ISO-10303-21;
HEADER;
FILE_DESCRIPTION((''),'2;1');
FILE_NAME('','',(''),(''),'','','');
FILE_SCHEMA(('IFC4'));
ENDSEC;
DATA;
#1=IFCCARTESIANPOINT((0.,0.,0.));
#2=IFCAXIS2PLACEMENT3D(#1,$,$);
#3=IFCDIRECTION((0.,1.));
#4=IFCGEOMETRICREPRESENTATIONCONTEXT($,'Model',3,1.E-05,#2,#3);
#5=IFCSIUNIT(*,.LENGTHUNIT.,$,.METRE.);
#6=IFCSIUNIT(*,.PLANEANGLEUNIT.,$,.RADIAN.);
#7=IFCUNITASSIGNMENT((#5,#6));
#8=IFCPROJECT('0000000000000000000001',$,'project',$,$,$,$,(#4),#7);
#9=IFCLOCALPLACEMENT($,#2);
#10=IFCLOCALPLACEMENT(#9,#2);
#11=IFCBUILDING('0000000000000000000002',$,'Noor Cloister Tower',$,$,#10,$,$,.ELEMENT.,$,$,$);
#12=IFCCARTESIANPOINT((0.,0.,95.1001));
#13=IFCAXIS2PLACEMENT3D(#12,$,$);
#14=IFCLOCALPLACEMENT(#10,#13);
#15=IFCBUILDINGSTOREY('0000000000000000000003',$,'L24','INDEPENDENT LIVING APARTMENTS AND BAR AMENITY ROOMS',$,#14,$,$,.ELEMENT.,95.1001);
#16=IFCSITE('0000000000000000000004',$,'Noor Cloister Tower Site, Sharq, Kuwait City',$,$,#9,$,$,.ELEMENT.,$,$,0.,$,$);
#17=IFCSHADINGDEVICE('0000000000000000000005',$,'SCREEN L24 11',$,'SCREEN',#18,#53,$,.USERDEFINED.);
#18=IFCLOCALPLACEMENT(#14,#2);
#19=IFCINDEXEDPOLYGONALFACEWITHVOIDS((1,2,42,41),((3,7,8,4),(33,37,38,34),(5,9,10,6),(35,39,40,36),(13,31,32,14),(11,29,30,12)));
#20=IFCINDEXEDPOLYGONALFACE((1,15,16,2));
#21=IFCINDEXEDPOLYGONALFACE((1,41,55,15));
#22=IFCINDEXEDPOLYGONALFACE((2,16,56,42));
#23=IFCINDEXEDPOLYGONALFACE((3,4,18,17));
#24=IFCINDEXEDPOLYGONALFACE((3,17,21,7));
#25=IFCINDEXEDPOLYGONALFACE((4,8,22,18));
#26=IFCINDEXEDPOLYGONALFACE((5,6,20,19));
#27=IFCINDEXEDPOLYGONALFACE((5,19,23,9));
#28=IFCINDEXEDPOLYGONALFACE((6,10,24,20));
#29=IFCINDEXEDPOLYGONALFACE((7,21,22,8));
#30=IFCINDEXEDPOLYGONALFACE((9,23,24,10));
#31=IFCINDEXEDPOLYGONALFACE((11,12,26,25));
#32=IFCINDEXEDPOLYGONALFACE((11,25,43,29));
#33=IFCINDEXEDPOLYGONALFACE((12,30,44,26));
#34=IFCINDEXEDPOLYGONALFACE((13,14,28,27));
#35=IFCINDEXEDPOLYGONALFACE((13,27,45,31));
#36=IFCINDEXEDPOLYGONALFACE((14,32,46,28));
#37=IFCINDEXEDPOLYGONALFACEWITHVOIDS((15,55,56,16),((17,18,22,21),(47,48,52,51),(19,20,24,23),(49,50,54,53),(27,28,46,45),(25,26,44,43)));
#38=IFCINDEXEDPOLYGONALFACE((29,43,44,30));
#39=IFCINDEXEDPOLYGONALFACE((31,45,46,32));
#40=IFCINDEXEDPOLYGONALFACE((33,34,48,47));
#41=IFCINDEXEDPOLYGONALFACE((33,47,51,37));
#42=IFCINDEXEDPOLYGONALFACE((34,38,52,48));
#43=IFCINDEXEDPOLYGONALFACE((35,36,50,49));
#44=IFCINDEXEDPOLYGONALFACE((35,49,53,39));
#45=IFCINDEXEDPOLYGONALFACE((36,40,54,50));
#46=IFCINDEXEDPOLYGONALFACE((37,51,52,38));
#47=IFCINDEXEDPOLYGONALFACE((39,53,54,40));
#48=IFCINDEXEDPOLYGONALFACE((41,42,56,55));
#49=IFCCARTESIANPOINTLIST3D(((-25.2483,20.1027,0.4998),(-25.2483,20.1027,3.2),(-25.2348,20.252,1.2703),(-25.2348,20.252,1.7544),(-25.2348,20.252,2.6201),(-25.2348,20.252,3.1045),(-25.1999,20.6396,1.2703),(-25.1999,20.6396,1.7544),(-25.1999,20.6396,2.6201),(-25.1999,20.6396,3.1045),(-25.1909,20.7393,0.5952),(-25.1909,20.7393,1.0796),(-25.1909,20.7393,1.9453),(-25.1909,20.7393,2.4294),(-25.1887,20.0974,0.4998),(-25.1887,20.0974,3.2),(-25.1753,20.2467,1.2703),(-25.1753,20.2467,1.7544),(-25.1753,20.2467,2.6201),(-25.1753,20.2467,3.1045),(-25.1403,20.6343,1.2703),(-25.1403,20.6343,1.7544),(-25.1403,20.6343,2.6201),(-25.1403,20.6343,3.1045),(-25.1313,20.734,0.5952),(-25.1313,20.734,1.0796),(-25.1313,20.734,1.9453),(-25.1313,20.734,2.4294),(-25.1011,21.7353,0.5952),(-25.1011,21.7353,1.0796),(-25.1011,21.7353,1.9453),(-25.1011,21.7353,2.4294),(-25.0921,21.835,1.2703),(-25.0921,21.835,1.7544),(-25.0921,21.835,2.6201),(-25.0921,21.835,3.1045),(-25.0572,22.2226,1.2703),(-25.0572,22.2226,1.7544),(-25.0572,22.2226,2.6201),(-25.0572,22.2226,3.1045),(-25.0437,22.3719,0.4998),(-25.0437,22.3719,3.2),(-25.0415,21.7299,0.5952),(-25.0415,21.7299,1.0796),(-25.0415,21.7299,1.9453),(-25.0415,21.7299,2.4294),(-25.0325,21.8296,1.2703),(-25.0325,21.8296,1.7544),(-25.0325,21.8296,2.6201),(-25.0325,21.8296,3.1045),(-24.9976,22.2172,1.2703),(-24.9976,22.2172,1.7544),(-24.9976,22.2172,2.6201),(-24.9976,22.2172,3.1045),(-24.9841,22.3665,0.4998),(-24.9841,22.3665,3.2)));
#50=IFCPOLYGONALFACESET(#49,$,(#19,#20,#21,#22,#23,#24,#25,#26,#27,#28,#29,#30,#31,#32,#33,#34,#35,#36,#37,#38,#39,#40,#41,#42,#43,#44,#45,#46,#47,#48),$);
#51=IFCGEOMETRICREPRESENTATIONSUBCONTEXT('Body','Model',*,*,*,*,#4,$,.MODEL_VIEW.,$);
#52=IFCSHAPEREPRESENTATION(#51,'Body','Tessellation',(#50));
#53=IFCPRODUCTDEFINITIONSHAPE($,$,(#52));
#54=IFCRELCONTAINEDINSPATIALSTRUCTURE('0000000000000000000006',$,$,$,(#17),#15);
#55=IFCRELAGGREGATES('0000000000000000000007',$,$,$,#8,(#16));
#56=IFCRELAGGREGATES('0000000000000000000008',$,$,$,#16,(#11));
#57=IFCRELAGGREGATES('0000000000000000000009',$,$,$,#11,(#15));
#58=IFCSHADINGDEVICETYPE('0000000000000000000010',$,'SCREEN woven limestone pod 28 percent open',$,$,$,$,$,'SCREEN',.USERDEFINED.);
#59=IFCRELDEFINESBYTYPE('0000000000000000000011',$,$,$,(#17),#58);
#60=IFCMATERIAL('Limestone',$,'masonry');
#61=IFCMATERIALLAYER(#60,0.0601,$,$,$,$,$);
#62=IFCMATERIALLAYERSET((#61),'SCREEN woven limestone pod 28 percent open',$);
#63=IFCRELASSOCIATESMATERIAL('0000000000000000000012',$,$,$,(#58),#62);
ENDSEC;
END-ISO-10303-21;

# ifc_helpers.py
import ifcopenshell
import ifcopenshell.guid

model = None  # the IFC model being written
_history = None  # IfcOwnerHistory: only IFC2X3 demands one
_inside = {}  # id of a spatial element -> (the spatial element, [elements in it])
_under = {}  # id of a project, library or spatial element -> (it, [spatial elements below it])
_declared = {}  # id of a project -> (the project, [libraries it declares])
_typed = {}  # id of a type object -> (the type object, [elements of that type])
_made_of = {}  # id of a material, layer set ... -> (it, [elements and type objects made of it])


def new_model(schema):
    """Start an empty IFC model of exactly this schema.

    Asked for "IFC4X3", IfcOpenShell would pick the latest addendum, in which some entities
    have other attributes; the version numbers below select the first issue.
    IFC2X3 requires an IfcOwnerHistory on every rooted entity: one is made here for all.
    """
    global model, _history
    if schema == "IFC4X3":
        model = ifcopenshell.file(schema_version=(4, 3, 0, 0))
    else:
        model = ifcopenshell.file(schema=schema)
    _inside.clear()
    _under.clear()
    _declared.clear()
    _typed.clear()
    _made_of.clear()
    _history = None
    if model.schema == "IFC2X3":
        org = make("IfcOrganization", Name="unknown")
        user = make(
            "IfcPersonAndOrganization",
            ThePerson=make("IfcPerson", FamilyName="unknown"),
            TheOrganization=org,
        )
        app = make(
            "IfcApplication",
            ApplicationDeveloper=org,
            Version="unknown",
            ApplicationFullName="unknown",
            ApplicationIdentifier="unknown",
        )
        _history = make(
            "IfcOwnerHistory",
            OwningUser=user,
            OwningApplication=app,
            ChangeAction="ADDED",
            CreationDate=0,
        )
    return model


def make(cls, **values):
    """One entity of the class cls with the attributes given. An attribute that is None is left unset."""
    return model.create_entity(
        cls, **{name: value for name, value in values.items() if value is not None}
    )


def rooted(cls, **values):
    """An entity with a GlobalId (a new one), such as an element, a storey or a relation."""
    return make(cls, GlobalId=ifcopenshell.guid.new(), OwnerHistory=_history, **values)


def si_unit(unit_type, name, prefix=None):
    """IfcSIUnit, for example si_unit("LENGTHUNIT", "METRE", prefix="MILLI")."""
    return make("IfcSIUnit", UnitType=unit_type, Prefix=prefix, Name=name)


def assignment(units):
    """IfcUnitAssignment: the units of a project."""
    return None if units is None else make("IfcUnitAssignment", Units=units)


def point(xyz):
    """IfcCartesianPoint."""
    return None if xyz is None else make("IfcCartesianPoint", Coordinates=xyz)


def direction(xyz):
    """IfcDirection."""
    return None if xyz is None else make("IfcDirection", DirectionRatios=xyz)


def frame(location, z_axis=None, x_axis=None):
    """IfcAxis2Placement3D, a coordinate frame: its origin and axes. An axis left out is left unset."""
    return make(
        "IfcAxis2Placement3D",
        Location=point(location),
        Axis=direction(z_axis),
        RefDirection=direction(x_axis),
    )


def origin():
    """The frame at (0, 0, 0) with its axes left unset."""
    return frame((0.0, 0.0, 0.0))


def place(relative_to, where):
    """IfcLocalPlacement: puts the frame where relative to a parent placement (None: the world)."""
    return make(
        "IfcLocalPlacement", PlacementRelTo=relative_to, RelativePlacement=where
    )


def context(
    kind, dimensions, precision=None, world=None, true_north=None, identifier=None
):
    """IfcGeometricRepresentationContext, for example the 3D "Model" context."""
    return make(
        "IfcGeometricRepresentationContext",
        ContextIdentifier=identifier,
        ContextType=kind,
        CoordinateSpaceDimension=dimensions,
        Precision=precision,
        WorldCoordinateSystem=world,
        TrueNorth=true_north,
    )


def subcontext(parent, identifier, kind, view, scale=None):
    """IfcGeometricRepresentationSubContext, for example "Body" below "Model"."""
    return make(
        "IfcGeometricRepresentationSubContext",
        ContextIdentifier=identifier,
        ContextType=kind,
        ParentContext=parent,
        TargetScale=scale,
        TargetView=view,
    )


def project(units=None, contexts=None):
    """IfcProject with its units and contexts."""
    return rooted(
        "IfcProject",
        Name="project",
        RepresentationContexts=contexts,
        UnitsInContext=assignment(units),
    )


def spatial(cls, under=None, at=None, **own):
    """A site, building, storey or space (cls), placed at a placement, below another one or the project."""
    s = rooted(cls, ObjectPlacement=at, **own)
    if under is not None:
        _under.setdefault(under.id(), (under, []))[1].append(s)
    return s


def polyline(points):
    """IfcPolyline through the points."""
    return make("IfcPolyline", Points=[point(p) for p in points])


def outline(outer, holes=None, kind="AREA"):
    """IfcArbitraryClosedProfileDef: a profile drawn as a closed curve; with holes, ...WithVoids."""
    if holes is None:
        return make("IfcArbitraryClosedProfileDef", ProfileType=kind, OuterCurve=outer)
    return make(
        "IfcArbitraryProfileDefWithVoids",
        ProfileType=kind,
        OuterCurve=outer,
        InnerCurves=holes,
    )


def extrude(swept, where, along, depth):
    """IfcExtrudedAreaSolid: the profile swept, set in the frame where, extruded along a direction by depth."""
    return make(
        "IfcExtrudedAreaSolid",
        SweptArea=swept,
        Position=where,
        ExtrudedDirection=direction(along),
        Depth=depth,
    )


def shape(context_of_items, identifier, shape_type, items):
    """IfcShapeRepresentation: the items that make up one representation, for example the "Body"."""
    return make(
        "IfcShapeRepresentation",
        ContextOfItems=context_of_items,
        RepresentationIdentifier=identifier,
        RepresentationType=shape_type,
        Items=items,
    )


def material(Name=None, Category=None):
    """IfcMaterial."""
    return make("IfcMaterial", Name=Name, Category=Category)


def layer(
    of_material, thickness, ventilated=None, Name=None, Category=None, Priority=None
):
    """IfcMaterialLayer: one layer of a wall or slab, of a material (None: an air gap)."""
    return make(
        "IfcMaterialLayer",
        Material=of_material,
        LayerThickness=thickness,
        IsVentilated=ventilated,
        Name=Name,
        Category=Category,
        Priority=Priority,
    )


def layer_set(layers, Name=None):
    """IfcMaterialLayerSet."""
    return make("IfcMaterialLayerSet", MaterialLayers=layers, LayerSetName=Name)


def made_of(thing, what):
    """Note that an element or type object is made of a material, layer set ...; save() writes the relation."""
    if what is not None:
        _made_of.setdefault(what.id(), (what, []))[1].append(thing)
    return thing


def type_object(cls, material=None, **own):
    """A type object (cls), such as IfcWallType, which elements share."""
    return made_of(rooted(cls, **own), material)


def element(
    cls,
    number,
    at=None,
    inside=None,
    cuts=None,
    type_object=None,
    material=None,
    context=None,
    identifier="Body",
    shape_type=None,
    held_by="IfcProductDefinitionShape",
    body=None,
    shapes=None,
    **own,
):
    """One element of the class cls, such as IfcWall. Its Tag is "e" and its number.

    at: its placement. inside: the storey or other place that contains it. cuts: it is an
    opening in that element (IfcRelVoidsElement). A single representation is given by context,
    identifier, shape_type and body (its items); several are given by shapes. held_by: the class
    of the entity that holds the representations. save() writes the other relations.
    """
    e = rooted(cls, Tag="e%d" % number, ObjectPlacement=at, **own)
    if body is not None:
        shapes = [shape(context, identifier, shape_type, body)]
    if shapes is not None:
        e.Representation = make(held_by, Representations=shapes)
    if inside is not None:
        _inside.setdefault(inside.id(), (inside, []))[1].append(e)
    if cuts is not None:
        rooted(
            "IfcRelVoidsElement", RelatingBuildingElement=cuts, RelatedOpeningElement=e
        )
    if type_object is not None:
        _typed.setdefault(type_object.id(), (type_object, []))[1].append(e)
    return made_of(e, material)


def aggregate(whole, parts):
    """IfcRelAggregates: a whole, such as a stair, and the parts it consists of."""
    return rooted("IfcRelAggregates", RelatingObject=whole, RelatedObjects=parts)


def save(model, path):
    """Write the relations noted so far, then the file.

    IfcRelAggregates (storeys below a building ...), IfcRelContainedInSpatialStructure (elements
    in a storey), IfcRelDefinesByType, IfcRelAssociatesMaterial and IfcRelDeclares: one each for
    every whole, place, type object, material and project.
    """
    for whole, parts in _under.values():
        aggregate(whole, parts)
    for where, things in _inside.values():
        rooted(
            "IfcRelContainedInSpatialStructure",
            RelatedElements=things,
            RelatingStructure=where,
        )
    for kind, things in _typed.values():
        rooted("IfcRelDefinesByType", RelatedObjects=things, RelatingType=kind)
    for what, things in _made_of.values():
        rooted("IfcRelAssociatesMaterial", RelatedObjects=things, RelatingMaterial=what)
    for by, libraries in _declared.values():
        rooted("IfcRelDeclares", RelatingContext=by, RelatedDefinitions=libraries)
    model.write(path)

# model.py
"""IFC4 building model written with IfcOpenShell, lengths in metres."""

from ifc_helpers import new_model, si_unit, direction, frame, origin, place, context, subcontext, project, spatial, polyline, outline, extrude, material, layer, layer_set, type_object, element, save


model = new_model("IFC4")

# Units and contexts
model_context = context("Model", 3, precision=1e-05, world=origin(), true_north=direction((0.0, 1.0)))
body_context = subcontext(model_context, "Body", "Model", "MODEL_VIEW")
ifc_project = project(units=[si_unit("LENGTHUNIT", "METRE"), si_unit("PLANEANGLEUNIT", "RADIAN")], contexts=[model_context])

# Site, building, storey
site_placement = place(None, origin())
site = spatial("IfcSite", under=ifc_project, at=site_placement, Name="Noor Cloister Tower Site, Sharq, Kuwait City", CompositionType="ELEMENT", RefElevation=0.0)
building_placement = place(site_placement, origin())
building = spatial("IfcBuilding", under=site, at=building_placement, Name="Noor Cloister Tower", CompositionType="ELEMENT")
storey_placement = place(building_placement, frame((0.0, 0.0, 95.1001)))
storey = spatial("IfcBuildingStorey", under=building, at=storey_placement, Name="L24", Description="INDEPENDENT LIVING APARTMENTS AND BAR AMENITY ROOMS", CompositionType="ELEMENT", Elevation=95.1001)

# Shading device
ifc_material_1 = material(Name="Limestone", Category="masonry")
ifc_layer_1 = layer(ifc_material_1, 0.0601)
ifc_layer_set_1 = layer_set([ifc_layer_1], Name="SCREEN woven limestone pod 28 percent open")
shading_device_type = type_object("IfcShadingDeviceType", Name="SCREEN woven limestone pod 28 percent open", ElementType="SCREEN", PredefinedType="USERDEFINED", material=ifc_layer_set_1)
shading_device_1_placement = place(storey_placement, frame((-25.0864, 21.2319, 1.8499), z_axis=(-0.99596, 0.0898, 0.0), x_axis=(-0.0898, -0.99596, 0.0)))
element("IfcShadingDevice", 1, at=shading_device_1_placement, inside=storey, type_object=shading_device_type, Name="SCREEN L24 11", ObjectType="SCREEN", PredefinedType="USERDEFINED", context=body_context, shape_type="SweptSolid", body=[
    extrude(outline(polyline([(-1.1392, -1.3501), (1.1392, -1.3501), (1.1392, 1.3501), (-1.1392, 1.3501), (-1.1392, -1.3501)]), holes=[polyline([(-0.5, -1.2546), (0.5, -1.2546), (0.5, -0.7703), (-0.5, -0.7703), (-0.5, -1.2546)]), polyline([(0.6001, -0.5796), (0.9893, -0.5796), (0.9893, -0.0955), (0.6001, -0.0955), (0.6001, -0.5796)]), polyline([(-0.9893, -0.5796), (-0.6001, -0.5796), (-0.6001, -0.0955), (-0.9893, -0.0955), (-0.9893, -0.5796)]), polyline([(-0.5, 0.0955), (0.5, 0.0955), (0.5, 0.5796), (-0.5, 0.5796), (-0.5, 0.0955)]), polyline([(0.6001, 0.7703), (0.9893, 0.7703), (0.9893, 1.2546), (0.6001, 1.2546), (0.6001, 0.7703)]), polyline([(-0.9893, 0.7703), (-0.6001, 0.7703), (-0.6001, 1.2546), (-0.9893, 1.2546), (-0.9893, 0.7703)])]), origin(), (0.0, 0.0, 1.0), 0.0598),
])

save(model, "model.ifc")
